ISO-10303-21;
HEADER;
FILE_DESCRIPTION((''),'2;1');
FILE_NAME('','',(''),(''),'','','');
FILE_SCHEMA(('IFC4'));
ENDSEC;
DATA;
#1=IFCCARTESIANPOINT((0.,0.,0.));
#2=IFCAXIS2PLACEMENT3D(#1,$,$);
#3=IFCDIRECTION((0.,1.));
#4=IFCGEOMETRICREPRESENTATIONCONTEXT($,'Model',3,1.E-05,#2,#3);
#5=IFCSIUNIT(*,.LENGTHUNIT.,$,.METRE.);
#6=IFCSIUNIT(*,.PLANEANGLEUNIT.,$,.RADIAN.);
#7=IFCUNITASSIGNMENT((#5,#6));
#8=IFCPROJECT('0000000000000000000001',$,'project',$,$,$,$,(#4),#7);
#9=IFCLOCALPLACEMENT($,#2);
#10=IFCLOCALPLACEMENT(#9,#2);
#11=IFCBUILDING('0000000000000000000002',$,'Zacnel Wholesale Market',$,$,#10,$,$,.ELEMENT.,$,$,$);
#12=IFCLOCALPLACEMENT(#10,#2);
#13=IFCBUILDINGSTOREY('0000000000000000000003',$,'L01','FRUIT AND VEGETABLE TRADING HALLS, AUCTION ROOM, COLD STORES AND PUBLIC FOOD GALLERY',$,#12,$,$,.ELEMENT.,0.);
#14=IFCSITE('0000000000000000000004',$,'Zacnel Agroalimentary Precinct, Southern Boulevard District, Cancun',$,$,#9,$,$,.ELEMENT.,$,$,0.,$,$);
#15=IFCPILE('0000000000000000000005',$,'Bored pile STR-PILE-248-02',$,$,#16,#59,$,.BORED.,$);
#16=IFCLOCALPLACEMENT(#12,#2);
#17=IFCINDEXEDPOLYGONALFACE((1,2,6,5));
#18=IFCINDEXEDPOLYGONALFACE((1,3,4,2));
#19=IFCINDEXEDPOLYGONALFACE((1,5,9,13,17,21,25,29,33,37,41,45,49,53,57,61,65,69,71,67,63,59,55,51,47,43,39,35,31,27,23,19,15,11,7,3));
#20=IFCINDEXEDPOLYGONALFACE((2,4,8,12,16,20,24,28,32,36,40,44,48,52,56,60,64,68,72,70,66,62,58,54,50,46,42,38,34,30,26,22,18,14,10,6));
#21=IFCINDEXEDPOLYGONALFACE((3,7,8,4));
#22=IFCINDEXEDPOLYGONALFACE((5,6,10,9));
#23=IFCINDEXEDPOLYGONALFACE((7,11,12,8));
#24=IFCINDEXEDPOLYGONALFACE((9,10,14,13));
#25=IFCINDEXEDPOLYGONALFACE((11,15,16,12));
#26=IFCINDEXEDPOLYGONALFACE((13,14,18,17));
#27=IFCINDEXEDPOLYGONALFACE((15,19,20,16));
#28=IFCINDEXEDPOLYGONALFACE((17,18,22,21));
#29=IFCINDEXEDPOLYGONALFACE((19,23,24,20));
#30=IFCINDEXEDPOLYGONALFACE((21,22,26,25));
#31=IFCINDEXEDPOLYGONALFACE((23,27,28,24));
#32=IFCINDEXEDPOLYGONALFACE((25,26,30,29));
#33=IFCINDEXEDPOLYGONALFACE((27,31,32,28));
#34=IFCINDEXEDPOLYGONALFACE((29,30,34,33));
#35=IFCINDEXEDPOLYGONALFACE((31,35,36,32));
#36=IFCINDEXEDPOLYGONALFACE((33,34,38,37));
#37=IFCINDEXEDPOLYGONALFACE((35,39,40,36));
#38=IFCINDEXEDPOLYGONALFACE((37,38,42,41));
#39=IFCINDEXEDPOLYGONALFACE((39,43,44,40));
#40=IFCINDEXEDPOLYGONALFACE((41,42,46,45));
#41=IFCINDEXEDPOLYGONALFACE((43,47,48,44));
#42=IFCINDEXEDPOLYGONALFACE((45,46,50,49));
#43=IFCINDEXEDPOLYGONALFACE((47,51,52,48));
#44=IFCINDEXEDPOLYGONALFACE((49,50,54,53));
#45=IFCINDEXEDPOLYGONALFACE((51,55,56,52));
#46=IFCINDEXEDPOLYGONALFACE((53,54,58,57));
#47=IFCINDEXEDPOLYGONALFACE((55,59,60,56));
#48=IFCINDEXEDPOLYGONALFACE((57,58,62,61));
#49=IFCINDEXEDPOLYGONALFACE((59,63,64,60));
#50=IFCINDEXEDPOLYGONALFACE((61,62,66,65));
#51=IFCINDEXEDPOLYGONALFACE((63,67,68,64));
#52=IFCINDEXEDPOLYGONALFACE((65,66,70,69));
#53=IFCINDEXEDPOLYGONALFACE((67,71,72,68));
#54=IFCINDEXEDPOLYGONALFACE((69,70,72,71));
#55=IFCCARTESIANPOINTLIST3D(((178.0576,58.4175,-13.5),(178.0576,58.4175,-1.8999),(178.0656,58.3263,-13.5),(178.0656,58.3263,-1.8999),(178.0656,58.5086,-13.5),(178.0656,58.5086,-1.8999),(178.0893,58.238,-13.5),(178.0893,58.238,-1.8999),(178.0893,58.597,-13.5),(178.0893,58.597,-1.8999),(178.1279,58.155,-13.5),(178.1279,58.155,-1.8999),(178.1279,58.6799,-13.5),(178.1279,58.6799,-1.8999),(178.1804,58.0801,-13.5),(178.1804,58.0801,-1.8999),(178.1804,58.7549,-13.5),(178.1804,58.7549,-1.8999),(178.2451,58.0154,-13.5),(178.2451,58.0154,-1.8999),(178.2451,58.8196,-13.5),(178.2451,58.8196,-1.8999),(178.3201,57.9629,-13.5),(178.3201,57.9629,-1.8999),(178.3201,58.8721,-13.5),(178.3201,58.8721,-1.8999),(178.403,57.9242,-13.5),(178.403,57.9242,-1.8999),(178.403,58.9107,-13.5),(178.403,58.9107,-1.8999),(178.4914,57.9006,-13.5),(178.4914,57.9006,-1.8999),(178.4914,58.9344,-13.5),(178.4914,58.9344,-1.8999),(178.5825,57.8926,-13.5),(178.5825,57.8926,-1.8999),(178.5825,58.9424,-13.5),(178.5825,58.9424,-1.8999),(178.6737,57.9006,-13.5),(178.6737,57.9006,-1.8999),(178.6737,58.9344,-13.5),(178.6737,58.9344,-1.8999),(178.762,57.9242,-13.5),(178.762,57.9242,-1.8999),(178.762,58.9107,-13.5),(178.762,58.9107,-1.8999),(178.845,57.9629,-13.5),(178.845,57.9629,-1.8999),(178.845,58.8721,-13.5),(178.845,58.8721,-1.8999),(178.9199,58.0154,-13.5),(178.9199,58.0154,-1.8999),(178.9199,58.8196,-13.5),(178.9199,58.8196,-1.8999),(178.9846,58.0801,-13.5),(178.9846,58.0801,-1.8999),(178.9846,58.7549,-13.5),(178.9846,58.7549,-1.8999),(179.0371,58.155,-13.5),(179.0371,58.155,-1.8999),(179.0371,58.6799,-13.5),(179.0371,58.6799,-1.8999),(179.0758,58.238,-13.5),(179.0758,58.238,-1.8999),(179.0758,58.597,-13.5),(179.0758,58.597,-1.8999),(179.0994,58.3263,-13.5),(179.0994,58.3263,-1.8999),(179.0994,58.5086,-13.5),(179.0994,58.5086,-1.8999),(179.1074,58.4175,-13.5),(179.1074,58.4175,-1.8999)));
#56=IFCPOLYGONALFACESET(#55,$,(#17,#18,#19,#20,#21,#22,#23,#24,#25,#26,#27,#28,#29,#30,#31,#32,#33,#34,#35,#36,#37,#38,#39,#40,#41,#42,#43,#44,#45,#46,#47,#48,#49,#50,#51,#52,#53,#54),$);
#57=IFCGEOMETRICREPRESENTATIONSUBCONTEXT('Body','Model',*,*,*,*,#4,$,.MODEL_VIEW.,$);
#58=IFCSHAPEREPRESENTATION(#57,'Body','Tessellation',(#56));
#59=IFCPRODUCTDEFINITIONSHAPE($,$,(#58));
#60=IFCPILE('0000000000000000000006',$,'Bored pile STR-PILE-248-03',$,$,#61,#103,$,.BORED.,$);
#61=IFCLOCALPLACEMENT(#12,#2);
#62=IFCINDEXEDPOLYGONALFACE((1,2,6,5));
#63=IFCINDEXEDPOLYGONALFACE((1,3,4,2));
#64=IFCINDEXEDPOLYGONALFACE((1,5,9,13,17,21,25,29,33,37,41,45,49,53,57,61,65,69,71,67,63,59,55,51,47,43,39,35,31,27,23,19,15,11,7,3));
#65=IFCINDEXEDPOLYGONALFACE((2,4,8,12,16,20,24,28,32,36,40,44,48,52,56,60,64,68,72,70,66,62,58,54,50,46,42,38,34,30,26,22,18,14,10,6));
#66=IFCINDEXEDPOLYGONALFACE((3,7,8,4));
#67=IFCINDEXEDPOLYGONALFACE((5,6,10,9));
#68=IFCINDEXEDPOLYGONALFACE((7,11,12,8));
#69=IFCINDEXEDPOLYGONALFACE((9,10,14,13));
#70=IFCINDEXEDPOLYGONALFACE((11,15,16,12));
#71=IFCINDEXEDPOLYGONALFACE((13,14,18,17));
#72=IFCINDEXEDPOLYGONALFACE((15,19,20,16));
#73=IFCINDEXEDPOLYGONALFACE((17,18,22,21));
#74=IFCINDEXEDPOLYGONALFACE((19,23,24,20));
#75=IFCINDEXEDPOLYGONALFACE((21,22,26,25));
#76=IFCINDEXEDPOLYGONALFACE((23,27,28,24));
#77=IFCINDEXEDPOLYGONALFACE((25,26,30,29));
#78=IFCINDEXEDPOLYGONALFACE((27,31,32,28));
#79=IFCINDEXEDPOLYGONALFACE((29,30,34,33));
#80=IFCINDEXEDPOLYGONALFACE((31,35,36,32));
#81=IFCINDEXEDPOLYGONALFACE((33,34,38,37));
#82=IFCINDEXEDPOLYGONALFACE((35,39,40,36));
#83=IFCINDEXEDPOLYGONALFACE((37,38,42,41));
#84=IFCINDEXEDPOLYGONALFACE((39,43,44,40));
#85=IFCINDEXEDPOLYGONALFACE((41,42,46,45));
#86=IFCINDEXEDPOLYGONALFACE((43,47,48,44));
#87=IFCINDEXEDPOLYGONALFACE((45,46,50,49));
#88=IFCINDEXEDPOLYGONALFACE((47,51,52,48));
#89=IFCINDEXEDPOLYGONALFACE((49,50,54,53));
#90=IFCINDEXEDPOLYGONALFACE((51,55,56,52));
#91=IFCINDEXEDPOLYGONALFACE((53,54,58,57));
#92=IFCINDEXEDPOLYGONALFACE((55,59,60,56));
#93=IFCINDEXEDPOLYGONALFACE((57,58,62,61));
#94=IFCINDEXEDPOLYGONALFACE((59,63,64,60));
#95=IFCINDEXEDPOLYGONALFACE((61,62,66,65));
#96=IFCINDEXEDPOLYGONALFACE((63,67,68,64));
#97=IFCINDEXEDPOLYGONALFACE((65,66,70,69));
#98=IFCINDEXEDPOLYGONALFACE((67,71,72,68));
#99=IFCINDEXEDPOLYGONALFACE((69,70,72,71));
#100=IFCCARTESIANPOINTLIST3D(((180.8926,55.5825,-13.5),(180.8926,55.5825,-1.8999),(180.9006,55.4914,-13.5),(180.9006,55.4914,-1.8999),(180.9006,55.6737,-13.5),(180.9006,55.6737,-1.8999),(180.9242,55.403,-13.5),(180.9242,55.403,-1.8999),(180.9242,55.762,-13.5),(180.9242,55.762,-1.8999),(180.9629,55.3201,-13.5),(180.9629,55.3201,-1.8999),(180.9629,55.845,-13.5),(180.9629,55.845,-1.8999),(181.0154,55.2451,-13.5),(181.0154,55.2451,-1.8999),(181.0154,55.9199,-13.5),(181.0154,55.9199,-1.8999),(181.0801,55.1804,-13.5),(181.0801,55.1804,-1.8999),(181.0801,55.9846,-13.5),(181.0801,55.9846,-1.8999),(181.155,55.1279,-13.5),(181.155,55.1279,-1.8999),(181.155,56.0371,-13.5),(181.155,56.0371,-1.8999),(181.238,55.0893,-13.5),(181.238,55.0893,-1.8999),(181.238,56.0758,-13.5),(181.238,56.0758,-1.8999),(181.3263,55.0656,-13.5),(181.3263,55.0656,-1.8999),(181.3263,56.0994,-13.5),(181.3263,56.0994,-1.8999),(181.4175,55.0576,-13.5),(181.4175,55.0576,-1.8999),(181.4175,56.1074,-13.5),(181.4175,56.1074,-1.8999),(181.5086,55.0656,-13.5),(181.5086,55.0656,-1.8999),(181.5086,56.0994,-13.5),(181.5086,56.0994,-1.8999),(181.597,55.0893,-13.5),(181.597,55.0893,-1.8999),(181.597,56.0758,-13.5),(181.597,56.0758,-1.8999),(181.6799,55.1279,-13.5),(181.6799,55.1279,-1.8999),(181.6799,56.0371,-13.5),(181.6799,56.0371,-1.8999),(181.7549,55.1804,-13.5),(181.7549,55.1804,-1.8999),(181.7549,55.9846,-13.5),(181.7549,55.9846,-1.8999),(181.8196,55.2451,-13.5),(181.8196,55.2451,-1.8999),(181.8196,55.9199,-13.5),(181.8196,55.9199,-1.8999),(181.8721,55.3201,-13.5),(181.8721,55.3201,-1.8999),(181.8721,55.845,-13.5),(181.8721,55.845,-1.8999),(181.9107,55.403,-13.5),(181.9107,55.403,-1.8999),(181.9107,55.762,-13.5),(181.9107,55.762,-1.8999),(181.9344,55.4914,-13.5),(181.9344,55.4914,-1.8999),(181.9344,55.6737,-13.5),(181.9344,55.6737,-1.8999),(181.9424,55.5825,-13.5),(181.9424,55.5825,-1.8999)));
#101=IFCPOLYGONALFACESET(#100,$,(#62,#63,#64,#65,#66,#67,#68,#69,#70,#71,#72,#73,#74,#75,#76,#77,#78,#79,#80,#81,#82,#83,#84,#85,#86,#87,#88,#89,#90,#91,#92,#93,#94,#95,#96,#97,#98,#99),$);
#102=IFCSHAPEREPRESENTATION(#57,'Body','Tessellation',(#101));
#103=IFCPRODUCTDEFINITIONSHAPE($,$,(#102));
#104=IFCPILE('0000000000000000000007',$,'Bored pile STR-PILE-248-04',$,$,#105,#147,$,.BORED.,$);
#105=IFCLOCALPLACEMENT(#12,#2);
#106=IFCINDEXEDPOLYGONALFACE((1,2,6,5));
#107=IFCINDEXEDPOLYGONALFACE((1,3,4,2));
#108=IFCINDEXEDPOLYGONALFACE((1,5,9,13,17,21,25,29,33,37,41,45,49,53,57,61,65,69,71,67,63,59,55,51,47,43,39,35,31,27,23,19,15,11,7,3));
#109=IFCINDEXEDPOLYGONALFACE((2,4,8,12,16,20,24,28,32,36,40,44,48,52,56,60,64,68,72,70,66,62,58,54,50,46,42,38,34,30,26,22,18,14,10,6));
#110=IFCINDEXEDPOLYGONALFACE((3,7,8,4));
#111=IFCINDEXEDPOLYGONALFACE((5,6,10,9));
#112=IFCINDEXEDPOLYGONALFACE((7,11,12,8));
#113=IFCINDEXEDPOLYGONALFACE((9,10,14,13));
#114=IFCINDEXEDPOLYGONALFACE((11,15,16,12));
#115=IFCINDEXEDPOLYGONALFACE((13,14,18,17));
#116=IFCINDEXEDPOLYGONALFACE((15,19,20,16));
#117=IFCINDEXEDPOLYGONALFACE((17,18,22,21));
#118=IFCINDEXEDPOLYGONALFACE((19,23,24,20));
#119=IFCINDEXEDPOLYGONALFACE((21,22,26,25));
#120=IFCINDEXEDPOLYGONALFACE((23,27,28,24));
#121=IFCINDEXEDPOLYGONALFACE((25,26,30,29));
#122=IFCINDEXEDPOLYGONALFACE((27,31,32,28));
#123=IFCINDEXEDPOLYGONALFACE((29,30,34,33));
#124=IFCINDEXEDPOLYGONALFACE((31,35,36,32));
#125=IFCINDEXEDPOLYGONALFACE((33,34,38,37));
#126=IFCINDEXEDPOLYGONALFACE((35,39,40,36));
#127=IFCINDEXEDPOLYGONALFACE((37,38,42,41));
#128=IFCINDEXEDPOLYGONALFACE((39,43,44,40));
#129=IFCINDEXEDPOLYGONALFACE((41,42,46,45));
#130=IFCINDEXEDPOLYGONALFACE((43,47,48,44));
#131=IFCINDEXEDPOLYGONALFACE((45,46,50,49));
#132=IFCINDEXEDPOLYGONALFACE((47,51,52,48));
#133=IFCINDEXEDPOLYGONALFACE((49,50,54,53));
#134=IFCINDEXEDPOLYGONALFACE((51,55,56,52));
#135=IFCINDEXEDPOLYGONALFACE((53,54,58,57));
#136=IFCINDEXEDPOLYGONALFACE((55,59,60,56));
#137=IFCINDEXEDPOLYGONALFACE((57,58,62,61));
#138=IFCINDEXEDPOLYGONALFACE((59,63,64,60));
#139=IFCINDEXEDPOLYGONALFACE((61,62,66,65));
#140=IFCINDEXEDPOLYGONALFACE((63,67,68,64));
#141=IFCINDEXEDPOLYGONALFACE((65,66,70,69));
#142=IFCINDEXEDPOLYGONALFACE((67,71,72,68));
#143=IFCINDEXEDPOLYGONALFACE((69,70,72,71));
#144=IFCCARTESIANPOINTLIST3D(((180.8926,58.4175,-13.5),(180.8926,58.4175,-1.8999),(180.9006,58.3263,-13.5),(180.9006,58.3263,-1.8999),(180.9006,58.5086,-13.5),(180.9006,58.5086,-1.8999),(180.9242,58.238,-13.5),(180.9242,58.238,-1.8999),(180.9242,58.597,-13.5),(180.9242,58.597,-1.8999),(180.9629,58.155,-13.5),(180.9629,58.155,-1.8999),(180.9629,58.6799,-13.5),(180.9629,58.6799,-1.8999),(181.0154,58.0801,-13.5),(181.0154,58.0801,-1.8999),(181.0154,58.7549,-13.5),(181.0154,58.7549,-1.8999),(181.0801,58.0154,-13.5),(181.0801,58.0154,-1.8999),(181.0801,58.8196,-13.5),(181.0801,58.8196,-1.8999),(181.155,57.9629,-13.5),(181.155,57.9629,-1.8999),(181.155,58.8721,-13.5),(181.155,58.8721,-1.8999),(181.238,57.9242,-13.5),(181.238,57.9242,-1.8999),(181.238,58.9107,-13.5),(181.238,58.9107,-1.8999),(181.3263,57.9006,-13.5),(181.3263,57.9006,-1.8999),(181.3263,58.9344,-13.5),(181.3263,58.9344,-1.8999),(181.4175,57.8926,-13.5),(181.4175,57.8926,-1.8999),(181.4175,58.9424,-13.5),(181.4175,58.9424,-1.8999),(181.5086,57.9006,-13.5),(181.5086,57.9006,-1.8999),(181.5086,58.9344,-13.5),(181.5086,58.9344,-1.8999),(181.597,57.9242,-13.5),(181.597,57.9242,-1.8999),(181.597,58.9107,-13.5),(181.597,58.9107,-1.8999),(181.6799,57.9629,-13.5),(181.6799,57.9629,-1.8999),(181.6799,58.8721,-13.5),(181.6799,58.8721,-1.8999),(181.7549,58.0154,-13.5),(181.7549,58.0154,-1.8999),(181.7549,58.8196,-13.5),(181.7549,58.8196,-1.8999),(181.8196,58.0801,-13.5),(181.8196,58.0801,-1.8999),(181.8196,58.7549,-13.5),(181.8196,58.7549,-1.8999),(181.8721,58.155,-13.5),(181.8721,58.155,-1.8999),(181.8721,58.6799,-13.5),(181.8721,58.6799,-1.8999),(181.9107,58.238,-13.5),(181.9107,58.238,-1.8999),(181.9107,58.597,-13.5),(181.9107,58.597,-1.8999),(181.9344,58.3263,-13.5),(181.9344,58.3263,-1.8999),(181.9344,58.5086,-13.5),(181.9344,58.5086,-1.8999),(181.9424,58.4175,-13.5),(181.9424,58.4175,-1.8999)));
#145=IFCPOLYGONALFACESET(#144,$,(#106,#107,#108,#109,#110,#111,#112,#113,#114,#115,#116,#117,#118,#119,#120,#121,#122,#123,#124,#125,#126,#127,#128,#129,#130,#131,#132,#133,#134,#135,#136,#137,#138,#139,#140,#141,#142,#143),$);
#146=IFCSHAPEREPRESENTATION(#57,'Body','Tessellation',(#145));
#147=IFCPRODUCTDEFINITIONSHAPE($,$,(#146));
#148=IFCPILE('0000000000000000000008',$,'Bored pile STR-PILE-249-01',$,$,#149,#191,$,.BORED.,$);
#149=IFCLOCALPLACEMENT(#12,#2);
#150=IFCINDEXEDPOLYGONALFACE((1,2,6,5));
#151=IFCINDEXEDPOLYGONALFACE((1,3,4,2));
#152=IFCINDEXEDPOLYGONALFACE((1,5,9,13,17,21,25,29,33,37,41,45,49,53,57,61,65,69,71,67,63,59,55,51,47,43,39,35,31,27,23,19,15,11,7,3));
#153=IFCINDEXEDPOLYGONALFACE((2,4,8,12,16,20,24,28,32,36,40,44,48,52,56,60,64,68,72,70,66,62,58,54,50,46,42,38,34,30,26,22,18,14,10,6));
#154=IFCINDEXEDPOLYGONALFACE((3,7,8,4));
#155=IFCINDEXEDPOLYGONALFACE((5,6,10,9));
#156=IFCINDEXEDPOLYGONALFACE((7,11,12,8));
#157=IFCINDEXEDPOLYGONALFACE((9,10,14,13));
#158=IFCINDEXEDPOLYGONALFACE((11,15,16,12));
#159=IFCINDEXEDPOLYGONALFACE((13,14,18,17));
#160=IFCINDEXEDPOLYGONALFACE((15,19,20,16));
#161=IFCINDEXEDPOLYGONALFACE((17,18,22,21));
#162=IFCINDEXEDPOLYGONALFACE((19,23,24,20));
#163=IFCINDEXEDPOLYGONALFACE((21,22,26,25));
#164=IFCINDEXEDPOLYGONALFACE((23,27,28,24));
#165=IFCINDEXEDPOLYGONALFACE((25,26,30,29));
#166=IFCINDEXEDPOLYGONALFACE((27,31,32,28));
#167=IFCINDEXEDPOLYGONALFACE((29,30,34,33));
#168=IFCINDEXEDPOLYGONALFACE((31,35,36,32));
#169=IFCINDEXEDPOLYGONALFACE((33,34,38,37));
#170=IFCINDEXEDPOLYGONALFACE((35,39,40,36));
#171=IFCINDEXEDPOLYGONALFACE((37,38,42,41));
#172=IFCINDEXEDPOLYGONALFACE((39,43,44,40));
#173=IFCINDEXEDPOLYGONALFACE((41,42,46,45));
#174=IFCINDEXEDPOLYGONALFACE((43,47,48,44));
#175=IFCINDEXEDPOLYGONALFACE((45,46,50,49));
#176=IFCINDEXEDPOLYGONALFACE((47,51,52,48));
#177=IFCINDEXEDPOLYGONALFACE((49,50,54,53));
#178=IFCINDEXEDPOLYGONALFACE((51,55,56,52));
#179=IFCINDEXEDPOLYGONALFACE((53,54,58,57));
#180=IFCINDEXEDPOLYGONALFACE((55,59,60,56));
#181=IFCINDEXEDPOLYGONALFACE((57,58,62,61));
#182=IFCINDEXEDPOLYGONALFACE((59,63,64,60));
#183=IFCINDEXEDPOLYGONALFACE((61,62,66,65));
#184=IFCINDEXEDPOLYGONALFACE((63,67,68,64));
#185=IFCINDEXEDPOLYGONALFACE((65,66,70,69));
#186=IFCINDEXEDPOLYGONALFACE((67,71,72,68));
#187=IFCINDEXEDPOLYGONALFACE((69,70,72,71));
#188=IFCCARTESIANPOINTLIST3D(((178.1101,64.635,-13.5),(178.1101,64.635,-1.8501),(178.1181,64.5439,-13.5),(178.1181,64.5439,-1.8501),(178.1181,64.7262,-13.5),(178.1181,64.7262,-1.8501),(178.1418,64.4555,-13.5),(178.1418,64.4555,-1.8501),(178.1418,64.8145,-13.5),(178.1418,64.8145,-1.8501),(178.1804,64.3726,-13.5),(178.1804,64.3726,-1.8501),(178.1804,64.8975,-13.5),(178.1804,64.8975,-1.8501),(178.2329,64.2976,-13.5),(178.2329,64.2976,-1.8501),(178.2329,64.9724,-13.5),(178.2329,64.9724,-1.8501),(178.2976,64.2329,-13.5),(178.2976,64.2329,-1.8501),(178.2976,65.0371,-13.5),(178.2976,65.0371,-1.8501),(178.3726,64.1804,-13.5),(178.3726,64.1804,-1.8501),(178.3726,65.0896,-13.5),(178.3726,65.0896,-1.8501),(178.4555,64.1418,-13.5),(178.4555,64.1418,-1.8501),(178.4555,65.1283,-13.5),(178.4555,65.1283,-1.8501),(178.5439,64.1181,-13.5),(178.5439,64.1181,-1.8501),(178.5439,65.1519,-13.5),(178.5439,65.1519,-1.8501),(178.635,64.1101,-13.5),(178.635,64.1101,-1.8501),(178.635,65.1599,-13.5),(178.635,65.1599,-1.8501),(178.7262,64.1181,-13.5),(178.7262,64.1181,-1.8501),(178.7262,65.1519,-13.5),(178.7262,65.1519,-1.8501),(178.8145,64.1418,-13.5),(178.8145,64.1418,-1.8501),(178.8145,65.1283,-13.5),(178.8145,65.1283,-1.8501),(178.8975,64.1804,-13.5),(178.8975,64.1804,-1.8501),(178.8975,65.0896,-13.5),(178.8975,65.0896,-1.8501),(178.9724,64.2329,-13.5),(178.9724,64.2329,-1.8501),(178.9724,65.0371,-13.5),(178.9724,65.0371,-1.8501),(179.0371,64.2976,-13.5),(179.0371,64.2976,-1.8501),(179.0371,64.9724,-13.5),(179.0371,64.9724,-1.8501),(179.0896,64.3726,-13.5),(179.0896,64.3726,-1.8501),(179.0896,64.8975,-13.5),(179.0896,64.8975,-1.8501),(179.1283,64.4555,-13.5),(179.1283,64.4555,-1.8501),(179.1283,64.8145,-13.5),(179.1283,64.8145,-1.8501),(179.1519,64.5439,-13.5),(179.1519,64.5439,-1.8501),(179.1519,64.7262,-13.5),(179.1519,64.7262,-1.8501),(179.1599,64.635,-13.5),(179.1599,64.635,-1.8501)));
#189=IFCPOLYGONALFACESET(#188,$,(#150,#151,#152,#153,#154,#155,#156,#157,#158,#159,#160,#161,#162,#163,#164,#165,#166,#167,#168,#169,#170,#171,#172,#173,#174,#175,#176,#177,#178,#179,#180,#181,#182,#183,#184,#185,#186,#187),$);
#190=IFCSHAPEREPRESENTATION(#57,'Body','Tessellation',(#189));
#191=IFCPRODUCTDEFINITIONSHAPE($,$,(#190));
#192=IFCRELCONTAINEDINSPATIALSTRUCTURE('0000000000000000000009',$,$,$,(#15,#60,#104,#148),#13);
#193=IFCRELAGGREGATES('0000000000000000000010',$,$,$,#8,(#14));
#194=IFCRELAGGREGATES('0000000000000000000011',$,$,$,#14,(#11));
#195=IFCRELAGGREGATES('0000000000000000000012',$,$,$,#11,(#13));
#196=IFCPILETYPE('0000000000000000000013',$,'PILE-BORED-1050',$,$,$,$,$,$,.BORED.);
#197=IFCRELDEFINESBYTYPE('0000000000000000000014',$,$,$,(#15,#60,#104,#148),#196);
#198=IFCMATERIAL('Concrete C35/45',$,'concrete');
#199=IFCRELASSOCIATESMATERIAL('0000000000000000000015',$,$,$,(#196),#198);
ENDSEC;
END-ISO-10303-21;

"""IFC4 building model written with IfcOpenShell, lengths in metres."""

from ifc_helpers import new_model, si_unit, direction, frame, origin, origin_2d, place, context, subcontext, project, spatial, circle, extrude, material, material_profile, profile_set, type_object, element, save


model = new_model("IFC4")

# Units and contexts
model_context = context("Model", 3, precision=1e-05, world=origin(), true_north=direction((0.0, 1.0)))
body_context = subcontext(model_context, "Body", "Model", "MODEL_VIEW")
ifc_project = project(units=[si_unit("LENGTHUNIT", "METRE"), si_unit("PLANEANGLEUNIT", "RADIAN")], contexts=[model_context])

# Site, building, storey
site_placement = place(None, origin())
site = spatial("IfcSite", under=ifc_project, at=site_placement, Name="Zacnel Agroalimentary Precinct, Southern Boulevard District, Cancun", CompositionType="ELEMENT", RefElevation=0.0)
building_placement = place(site_placement, origin())
building = spatial("IfcBuilding", under=site, at=building_placement, Name="Zacnel Wholesale Market", CompositionType="ELEMENT")
storey_placement = place(building_placement, origin())
storey = spatial("IfcBuildingStorey", under=building, at=storey_placement, Name="L01", Description="FRUIT AND VEGETABLE TRADING HALLS, AUCTION ROOM, COLD STORES AND PUBLIC FOOD GALLERY", CompositionType="ELEMENT", Elevation=0.0)

# Piles
ifc_material_1 = material(Name="Concrete C35/45", Category="concrete")
ifc_material_profile_1 = material_profile(ifc_material_1, circle(Radius=0.5249, at=origin_2d()), Name="BORED PILE D1050")
ifc_profile_set_1 = profile_set([ifc_material_profile_1], Name="Concrete C35/45")
pile_type = type_object("IfcPileType", Name="PILE-BORED-1050", PredefinedType="BORED", material=ifc_profile_set_1)
for number, where, z_axis, x_axis, name in (
    (1, (178.5825, 58.4175, -1.8999), (0.0, 0.0, -1.0), (1.0, 0.0, 0.0), "Bored pile STR-PILE-248-02"),
    (2, (181.4175, 55.5825, -1.8999), (0.0, 0.0, -1.0), (1.0, 0.0, 0.0), "Bored pile STR-PILE-248-03"),
    (3, (181.4175, 58.4175, -1.8999), (0.0, 0.0, -1.0), (1.0, 0.0, 0.0), "Bored pile STR-PILE-248-04"),
):
    element("IfcPile", number, at=place(storey_placement, frame(where, z_axis=z_axis, x_axis=x_axis)), inside=storey, type_object=pile_type, Name=name, PredefinedType="BORED", context=body_context, shape_type="SweptSolid", body=[
        extrude(circle(Radius=0.5249, at=origin_2d()), origin(), (0.0, 0.0, 1.0), 11.6001),
    ])
for number, where, z_axis, x_axis, name in (
    (4, (178.635, 64.635, -1.8501), (0.0, 0.0, -1.0), (1.0, 0.0, 0.0), "Bored pile STR-PILE-249-01"),
):
    element("IfcPile", number, at=place(storey_placement, frame(where, z_axis=z_axis, x_axis=x_axis)), inside=storey, type_object=pile_type, Name=name, PredefinedType="BORED", context=body_context, shape_type="SweptSolid", body=[
        extrude(circle(Radius=0.5249, at=origin_2d()), origin(), (0.0, 0.0, 1.0), 11.6499),
    ])

save(model, "model.ifc")
